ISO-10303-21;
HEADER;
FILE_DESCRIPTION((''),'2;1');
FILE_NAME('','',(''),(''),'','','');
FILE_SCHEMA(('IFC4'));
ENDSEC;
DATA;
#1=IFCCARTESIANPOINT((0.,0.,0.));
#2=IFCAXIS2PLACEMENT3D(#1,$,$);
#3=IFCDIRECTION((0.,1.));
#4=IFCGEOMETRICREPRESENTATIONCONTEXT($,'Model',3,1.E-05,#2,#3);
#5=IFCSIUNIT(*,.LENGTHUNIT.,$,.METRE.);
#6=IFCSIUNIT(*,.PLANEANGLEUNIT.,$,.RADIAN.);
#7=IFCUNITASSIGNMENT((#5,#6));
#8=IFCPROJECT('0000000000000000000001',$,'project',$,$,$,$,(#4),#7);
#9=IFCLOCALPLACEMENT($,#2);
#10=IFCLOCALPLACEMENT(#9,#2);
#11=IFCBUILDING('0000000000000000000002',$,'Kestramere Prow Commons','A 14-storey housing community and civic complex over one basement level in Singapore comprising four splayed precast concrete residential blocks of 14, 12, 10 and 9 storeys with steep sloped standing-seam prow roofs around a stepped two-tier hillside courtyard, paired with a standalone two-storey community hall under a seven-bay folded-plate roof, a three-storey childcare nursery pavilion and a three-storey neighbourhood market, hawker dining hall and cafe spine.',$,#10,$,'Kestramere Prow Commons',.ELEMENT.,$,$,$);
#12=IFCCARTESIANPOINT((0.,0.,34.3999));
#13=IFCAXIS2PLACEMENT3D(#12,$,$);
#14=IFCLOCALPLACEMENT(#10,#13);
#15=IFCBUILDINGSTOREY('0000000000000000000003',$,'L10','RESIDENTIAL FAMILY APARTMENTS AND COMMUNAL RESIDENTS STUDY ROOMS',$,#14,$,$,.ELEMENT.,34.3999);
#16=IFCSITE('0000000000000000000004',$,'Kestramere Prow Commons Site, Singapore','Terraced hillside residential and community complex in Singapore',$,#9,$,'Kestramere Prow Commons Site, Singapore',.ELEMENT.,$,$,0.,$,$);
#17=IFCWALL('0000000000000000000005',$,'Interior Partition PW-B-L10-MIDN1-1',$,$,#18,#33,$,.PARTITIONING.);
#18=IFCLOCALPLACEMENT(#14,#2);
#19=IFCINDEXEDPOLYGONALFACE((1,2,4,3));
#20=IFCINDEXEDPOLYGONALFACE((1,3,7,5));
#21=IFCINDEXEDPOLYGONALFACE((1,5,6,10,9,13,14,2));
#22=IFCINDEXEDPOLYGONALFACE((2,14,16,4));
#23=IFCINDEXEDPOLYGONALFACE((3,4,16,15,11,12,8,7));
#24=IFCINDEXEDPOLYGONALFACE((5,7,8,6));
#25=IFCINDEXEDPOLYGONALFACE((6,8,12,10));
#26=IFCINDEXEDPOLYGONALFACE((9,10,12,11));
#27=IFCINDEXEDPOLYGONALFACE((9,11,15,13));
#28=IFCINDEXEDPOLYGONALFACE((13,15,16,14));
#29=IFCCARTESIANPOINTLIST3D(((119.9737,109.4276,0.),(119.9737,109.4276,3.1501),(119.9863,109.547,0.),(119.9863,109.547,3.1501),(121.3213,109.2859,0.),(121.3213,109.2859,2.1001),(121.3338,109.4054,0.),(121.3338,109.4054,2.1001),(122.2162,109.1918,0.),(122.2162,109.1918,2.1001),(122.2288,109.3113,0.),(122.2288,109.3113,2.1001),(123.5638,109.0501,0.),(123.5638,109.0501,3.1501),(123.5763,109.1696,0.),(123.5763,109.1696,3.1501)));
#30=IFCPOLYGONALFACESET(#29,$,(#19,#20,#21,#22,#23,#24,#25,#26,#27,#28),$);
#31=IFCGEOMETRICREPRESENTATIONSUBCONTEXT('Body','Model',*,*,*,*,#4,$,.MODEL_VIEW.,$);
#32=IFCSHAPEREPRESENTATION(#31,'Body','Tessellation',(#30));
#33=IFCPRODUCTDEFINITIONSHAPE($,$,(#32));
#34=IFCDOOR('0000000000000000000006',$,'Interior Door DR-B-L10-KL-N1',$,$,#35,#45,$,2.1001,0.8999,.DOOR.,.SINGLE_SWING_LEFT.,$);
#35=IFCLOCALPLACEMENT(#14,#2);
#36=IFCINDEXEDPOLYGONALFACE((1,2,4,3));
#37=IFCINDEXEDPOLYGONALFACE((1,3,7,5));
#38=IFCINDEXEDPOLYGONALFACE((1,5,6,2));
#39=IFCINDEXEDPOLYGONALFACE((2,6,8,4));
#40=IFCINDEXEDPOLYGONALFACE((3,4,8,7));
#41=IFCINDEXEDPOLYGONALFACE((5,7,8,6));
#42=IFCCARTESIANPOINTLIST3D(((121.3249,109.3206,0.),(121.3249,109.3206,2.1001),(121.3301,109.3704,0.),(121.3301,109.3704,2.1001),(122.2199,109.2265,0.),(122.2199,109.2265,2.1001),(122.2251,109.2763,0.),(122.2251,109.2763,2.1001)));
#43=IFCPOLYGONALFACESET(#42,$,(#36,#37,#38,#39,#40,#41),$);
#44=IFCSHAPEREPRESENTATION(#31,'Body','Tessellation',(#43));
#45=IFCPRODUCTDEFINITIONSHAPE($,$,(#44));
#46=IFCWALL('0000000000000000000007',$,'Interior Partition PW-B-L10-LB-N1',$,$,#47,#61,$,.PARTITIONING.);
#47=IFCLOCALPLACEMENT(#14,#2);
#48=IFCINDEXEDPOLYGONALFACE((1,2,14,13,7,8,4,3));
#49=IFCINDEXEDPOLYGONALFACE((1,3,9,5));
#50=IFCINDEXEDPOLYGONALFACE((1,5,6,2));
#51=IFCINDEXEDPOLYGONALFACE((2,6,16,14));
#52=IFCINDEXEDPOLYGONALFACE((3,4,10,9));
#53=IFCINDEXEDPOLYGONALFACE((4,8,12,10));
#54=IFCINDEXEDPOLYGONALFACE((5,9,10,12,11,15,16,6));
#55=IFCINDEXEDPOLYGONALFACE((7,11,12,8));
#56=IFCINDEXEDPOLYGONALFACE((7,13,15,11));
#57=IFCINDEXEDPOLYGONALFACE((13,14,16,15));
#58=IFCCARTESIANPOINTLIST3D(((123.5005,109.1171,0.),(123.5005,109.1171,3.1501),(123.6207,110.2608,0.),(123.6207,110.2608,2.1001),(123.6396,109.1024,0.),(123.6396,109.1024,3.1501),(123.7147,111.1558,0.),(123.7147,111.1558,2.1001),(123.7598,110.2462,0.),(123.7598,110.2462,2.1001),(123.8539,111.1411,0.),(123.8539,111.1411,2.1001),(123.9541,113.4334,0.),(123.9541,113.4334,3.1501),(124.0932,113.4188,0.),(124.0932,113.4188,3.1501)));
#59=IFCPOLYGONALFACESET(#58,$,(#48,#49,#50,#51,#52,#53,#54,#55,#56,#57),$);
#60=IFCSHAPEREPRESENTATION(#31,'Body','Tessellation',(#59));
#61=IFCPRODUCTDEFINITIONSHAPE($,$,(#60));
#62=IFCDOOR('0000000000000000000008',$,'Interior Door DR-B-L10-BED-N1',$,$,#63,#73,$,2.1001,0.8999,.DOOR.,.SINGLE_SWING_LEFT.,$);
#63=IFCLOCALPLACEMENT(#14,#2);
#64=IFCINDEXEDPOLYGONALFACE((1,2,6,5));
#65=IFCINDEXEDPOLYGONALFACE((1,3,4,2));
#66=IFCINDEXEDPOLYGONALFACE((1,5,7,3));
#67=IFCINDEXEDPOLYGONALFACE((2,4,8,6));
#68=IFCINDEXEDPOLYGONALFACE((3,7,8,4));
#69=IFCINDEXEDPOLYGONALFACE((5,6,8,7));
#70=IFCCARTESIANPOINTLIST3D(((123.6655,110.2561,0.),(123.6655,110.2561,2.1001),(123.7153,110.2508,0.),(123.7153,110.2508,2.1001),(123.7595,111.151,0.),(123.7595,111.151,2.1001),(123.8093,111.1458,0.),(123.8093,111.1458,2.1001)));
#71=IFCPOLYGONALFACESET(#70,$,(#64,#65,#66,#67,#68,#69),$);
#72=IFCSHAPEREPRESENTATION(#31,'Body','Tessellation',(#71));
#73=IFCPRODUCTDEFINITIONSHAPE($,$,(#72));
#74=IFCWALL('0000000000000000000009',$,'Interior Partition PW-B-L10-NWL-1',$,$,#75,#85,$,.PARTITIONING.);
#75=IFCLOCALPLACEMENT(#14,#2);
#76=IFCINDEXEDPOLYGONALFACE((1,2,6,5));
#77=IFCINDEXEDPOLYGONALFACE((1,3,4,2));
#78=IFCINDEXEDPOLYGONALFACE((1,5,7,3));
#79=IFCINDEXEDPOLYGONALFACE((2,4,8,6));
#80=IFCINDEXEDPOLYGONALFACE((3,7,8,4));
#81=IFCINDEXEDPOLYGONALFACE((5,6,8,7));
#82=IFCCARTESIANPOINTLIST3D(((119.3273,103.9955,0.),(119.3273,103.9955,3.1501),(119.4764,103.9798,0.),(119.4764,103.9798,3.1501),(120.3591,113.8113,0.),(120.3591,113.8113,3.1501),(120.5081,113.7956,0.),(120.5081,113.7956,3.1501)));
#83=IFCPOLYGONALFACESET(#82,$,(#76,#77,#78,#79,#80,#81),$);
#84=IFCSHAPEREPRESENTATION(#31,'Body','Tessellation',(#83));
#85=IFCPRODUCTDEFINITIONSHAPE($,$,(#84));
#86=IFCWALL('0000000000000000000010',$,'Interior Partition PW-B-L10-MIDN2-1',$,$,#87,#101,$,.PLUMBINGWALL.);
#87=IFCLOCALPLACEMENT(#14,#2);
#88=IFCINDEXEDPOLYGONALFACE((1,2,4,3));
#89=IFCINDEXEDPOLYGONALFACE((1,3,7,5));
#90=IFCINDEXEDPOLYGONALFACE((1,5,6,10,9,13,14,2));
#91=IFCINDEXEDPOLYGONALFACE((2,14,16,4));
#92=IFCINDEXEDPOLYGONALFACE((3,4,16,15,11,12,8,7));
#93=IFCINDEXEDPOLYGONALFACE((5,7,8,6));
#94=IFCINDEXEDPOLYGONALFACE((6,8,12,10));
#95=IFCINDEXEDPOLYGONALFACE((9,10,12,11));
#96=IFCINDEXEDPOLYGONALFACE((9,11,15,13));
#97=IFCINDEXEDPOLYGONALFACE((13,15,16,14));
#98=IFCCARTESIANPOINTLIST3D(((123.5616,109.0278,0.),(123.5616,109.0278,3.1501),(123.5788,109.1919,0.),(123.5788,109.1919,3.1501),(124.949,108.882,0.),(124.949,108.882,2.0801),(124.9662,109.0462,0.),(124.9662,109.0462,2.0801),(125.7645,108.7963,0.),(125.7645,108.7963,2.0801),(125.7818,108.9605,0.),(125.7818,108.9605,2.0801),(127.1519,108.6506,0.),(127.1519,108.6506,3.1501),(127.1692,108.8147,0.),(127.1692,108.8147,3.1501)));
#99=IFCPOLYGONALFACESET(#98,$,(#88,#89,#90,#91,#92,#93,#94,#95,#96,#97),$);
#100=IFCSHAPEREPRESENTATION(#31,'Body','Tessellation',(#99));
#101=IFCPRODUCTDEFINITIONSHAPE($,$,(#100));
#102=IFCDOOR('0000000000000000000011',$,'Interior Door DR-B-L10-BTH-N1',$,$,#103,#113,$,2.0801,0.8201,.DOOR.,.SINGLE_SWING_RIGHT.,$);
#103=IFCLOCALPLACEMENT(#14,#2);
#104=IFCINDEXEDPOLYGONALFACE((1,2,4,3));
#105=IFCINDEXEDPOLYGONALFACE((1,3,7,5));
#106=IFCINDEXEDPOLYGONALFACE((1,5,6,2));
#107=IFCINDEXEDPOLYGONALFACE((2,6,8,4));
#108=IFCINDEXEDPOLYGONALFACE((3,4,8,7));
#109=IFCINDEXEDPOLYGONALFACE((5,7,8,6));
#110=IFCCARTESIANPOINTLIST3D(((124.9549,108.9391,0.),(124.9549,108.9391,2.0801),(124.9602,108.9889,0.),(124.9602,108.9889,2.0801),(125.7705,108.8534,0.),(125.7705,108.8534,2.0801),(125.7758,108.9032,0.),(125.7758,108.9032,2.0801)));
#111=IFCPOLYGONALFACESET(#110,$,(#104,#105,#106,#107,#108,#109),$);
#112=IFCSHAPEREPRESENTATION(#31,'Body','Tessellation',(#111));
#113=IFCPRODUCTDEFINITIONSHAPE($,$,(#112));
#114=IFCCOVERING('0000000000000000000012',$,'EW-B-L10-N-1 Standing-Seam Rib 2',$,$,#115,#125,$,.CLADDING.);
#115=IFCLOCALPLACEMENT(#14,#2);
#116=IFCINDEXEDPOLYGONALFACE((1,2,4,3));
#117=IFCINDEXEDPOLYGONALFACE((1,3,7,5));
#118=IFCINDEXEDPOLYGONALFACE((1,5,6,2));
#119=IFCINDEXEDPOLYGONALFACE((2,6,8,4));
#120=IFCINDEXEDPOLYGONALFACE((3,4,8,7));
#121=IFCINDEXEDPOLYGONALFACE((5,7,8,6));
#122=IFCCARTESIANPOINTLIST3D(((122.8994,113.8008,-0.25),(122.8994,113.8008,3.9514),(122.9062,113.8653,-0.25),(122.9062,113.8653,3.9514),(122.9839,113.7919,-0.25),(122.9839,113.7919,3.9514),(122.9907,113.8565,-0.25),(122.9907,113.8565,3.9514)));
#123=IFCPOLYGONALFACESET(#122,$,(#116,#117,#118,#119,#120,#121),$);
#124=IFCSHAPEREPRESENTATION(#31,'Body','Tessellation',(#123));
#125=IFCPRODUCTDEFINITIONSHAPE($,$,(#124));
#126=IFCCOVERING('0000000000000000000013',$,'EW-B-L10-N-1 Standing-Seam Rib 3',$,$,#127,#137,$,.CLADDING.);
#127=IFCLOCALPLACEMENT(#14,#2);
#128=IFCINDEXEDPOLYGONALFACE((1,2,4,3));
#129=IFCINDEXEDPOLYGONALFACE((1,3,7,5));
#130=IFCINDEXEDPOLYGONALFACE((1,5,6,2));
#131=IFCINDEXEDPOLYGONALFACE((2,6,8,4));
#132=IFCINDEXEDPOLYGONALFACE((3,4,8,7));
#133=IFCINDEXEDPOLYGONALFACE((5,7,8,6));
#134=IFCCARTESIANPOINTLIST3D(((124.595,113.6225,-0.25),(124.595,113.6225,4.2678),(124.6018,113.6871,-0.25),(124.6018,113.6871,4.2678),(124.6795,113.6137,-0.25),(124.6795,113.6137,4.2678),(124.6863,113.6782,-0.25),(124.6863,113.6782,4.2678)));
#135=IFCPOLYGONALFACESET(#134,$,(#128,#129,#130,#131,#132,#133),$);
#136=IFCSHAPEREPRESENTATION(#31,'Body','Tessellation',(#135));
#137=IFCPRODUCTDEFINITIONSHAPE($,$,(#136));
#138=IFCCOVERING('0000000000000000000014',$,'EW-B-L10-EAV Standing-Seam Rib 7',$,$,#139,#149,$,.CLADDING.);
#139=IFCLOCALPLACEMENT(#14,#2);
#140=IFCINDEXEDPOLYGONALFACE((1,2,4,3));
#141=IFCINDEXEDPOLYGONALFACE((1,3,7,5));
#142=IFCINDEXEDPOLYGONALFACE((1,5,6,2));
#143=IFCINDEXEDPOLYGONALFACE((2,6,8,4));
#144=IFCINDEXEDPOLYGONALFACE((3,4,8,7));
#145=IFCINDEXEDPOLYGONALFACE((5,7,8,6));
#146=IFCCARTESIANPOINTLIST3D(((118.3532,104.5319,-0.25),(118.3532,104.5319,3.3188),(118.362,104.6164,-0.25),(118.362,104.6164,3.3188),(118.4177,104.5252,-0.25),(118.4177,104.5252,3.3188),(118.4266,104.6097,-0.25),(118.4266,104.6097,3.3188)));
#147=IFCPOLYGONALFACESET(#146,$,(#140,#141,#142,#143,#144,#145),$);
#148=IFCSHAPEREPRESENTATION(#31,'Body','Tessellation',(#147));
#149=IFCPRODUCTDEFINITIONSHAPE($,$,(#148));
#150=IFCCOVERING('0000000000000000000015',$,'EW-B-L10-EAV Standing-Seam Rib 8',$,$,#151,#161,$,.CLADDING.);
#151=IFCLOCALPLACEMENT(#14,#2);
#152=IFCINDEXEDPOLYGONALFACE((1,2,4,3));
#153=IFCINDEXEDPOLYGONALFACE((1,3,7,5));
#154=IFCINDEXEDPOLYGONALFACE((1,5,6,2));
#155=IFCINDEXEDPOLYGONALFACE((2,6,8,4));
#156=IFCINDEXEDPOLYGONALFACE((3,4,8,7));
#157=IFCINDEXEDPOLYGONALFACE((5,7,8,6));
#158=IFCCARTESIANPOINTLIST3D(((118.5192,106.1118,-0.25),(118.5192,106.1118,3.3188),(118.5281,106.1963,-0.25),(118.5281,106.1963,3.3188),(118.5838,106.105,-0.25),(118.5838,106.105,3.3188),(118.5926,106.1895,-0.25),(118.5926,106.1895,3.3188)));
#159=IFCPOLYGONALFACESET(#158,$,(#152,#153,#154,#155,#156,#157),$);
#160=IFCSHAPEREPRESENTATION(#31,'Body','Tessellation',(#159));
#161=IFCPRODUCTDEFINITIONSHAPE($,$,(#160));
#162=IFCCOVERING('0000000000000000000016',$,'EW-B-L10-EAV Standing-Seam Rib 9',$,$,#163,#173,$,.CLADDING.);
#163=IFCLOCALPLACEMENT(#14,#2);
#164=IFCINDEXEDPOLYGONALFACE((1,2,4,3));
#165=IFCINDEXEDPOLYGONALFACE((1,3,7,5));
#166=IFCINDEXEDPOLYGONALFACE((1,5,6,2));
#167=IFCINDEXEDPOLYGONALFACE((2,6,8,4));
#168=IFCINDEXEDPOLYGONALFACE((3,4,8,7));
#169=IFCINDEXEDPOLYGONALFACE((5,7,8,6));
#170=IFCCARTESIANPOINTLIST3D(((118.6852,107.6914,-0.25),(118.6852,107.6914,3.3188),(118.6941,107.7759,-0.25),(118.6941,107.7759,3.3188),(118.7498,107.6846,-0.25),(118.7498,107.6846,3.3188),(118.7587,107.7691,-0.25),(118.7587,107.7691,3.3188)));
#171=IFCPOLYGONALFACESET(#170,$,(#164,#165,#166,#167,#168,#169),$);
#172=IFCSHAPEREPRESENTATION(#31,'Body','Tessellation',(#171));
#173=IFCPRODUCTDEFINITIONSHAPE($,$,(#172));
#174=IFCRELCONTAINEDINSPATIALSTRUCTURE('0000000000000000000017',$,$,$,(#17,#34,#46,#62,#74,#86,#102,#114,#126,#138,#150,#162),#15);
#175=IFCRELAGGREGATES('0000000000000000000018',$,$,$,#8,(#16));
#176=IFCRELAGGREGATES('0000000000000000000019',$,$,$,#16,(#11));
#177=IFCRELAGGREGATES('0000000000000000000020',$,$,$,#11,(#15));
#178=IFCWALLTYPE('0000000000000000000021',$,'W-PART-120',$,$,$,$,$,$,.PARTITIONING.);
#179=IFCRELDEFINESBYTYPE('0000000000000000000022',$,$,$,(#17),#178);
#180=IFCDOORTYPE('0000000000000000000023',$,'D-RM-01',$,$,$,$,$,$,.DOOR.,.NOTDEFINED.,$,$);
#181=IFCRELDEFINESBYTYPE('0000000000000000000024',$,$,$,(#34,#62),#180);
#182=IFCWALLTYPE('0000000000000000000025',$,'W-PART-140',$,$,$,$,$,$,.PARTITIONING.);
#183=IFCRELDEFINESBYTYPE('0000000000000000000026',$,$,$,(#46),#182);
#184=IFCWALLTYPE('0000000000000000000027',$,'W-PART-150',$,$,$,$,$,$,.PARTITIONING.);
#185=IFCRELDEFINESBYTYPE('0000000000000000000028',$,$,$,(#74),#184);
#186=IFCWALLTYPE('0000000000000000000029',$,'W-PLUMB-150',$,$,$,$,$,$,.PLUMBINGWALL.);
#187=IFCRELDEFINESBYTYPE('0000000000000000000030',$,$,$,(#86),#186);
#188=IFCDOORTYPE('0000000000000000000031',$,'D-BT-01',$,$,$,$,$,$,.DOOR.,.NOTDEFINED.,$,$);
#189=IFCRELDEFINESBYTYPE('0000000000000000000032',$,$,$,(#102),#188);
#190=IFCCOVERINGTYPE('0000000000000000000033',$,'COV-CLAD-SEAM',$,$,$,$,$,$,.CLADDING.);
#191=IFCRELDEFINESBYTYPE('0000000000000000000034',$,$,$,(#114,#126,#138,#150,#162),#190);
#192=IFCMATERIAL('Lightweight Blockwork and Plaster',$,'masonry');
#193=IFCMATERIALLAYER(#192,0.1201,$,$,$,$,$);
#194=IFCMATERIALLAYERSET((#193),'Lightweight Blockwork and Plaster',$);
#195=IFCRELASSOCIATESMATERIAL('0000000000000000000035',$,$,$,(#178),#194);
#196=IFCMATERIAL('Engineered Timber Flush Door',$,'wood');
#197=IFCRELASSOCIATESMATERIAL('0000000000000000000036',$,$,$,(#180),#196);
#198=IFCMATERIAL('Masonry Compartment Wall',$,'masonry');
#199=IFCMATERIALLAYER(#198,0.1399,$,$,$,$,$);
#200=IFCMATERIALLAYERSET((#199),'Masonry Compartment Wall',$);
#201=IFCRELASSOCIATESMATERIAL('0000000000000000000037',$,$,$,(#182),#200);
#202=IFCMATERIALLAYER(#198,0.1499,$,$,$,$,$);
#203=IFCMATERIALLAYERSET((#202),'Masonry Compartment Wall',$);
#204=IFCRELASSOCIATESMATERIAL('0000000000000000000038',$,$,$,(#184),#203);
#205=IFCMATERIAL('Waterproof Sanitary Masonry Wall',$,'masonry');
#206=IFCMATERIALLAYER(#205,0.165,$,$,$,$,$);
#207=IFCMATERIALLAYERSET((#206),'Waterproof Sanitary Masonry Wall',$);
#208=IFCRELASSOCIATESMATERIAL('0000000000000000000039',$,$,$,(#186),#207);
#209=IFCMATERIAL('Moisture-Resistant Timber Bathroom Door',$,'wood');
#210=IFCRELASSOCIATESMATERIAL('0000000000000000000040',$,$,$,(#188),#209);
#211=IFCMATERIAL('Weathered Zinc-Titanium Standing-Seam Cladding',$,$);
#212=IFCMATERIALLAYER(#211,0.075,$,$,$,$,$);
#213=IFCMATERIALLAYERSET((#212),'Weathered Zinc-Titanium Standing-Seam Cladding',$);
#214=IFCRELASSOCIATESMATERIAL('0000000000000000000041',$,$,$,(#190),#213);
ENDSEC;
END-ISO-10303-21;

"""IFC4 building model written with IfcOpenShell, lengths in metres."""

from ifc_helpers import new_model, si_unit, direction, frame, frame_2d, origin, origin_2d, place, context, subcontext, project, spatial, rectangle, extrude, material, layer, layer_set, type_object, element, fill, save


model = new_model("IFC4")

# Units and contexts
model_context = context("Model", 3, precision=1e-05, world=origin(), true_north=direction((0.0, 1.0)))
body_context = subcontext(model_context, "Body", "Model", "MODEL_VIEW")
ifc_project = project(units=[si_unit("LENGTHUNIT", "METRE"), si_unit("PLANEANGLEUNIT", "RADIAN")], contexts=[model_context])

# Site, building, storey
site_placement = place(None, origin())
site = spatial("IfcSite", under=ifc_project, at=site_placement, Name="Kestramere Prow Commons Site, Singapore", Description="Terraced hillside residential and community complex in Singapore", LongName="Kestramere Prow Commons Site, Singapore", CompositionType="ELEMENT", RefElevation=0.0)
building_placement = place(site_placement, origin())
building = spatial("IfcBuilding", under=site, at=building_placement, Name="Kestramere Prow Commons", Description="A 14-storey housing community and civic complex over one basement level in Singapore comprising four splayed precast concrete residential blocks of 14, 12, 10 and 9 storeys with steep sloped standing-seam prow roofs around a stepped two-tier hillside courtyard, paired with a standalone two-storey community hall under a seven-bay folded-plate roof, a three-storey childcare nursery pavilion and a three-storey neighbourhood market, hawker dining hall and cafe spine.", LongName="Kestramere Prow Commons", CompositionType="ELEMENT")
storey_placement = place(building_placement, frame((0.0, 0.0, 34.3999)))
storey = spatial("IfcBuildingStorey", under=building, at=storey_placement, Name="L10", Description="RESIDENTIAL FAMILY APARTMENTS AND COMMUNAL RESIDENTS STUDY ROOMS", CompositionType="ELEMENT", Elevation=34.3999)

# Walls, openings, doors
ifc_material_1 = material(Name="Lightweight Blockwork and Plaster", Category="masonry")
ifc_layer_1 = layer(ifc_material_1, 0.1201)
ifc_layer_set_1 = layer_set([ifc_layer_1], Name="Lightweight Blockwork and Plaster")
wall_type_1 = type_object("IfcWallType", Name="W-PART-120", PredefinedType="PARTITIONING", material=ifc_layer_set_1)
wall_1_placement = place(storey_placement, frame((119.98, 109.4873, 0.0), z_axis=(0.0, 0.0, 1.0), x_axis=(0.994519, -0.104558, 0.0)))
wall_1 = element("IfcWall", 1, at=wall_1_placement, inside=storey, type_object=wall_type_1, Name="Interior Partition PW-B-L10-MIDN1-1", PredefinedType="PARTITIONING", context=body_context, shape_type="SweptSolid", body=[
    extrude(rectangle(XDim=3.6099, YDim=0.1201, at=frame_2d((1.8049, 0.0))), origin(), (0.0, 0.0, 1.0), 3.1501),
])
opening_1_placement = place(wall_1_placement, frame((1.355, 0.0, 0.0)))
opening_1 = element("IfcOpeningElement", 2, at=opening_1_placement, cuts=wall_1, PredefinedType="OPENING", context=body_context, shape_type="SweptSolid", body=[
    extrude(rectangle(XDim=0.8999, YDim=2.1001, at=frame_2d((0.45, 1.05))), frame((0.0, 0.075, 0.0), z_axis=(0.0, -1.0, 0.0), x_axis=(1.0, 0.0, 0.0)), (0.0, 0.0, 1.0), 0.1501),
])
ifc_material_2 = material(Name="Engineered Timber Flush Door", Category="wood")
door_type_1 = type_object("IfcDoorType", Name="D-RM-01", OperationType="NOTDEFINED", PredefinedType="DOOR", material=ifc_material_2)
door_1_placement = place(opening_1_placement, origin())
door_1 = element("IfcDoor", 3, at=door_1_placement, inside=storey, type_object=door_type_1, Name="Interior Door DR-B-L10-KL-N1", OperationType="SINGLE_SWING_LEFT", OverallHeight=2.1001, OverallWidth=0.8999, PredefinedType="DOOR", context=body_context, shape_type="SweptSolid", body=[
    extrude(rectangle(XDim=0.8999, YDim=2.1001, at=frame_2d((0.45, 1.05))), frame((0.0, 0.0249, 0.0), z_axis=(0.0, -1.0, 0.0), x_axis=(1.0, 0.0, 0.0)), (0.0, 0.0, 1.0), 0.05),
])
fill(opening_1, door_1)
ifc_material_3 = material(Name="Masonry Compartment Wall", Category="masonry")
ifc_layer_2 = layer(ifc_material_3, 0.1399)
ifc_layer_set_2 = layer_set([ifc_layer_2], Name="Masonry Compartment Wall")
wall_type_2 = type_object("IfcWallType", Name="W-PART-140", PredefinedType="PARTITIONING", material=ifc_layer_set_2)
wall_2_placement = place(storey_placement, frame((123.5701, 109.1099, 0.0), z_axis=(0.0, 0.0, 1.0), x_axis=(0.104515, 0.994523, 0.0)))
wall_2 = element("IfcWall", 4, at=wall_2_placement, inside=storey, type_object=wall_type_2, Name="Interior Partition PW-B-L10-LB-N1", PredefinedType="PARTITIONING", context=body_context, shape_type="SweptSolid", body=[
    extrude(rectangle(XDim=4.3401, YDim=0.1399, at=frame_2d((2.1699, 0.0))), origin(), (0.0, 0.0, 1.0), 3.1501),
])
opening_2_placement = place(wall_2_placement, frame((1.1499, 0.0, 0.0)))
opening_2 = element("IfcOpeningElement", 5, at=opening_2_placement, cuts=wall_2, PredefinedType="OPENING", context=body_context, shape_type="SweptSolid", body=[
    extrude(rectangle(XDim=0.8999, YDim=2.1001, at=frame_2d((0.45, 1.05))), frame((0.0, 0.085, 0.0), z_axis=(0.0, -1.0, 0.0), x_axis=(1.0, 0.0, 0.0)), (0.0, 0.0, 1.0), 0.1699),
])
door_2_placement = place(opening_2_placement, origin())
door_2 = element("IfcDoor", 6, at=door_2_placement, inside=storey, type_object=door_type_1, Name="Interior Door DR-B-L10-BED-N1", OperationType="SINGLE_SWING_LEFT", OverallHeight=2.1001, OverallWidth=0.8999, PredefinedType="DOOR", context=body_context, shape_type="SweptSolid", body=[
    extrude(rectangle(XDim=0.8999, YDim=2.1001, at=frame_2d((0.45, 1.05))), frame((0.0, 0.0249, 0.0), z_axis=(0.0, -1.0, 0.0), x_axis=(1.0, 0.0, 0.0)), (0.0, 0.0, 1.0), 0.05),
])
fill(opening_2, door_2)

# Wall
ifc_layer_3 = layer(ifc_material_3, 0.1499)
ifc_layer_set_3 = layer_set([ifc_layer_3], Name="Masonry Compartment Wall")
wall_type_3 = type_object("IfcWallType", Name="W-PART-150", PredefinedType="PARTITIONING", material=ifc_layer_set_3)
wall_3_placement = place(storey_placement, frame((119.4019, 103.9875, 0.0), z_axis=(0.0, 0.0, 1.0), x_axis=(0.104533, 0.994521, 0.0)))
element("IfcWall", 7, at=wall_3_placement, inside=storey, type_object=wall_type_3, Name="Interior Partition PW-B-L10-NWL-1", PredefinedType="PARTITIONING", context=body_context, shape_type="SweptSolid", body=[
    extrude(rectangle(XDim=9.8699, YDim=0.1499, at=frame_2d((4.9351, 0.0))), origin(), (0.0, 0.0, 1.0), 3.1501),
])

# Wall, opening, door
ifc_material_4 = material(Name="Waterproof Sanitary Masonry Wall", Category="masonry")
ifc_layer_4 = layer(ifc_material_4, 0.165)
ifc_layer_set_4 = layer_set([ifc_layer_4], Name="Waterproof Sanitary Masonry Wall")
wall_type_4 = type_object("IfcWallType", Name="W-PLUMB-150", PredefinedType="PLUMBINGWALL", material=ifc_layer_set_4)
wall_4_placement = place(storey_placement, frame((123.5701, 109.1099, 0.0), z_axis=(0.0, 0.0, 1.0), x_axis=(0.994527, -0.104484, 0.0)))
wall_4 = element("IfcWall", 8, at=wall_4_placement, inside=storey, type_object=wall_type_4, Name="Interior Partition PW-B-L10-MIDN2-1", PredefinedType="PLUMBINGWALL", context=body_context, shape_type="SweptSolid", body=[
    extrude(rectangle(XDim=3.6101, YDim=0.165, at=frame_2d((1.8052, 0.0))), origin(), (0.0, 0.0, 1.0), 3.1501),
])
opening_3_placement = place(wall_4_placement, frame((1.395, 0.0, 0.0)))
opening_3 = element("IfcOpeningElement", 9, at=opening_3_placement, cuts=wall_4, PredefinedType="OPENING", context=body_context, shape_type="SweptSolid", body=[
    extrude(rectangle(XDim=0.8201, YDim=2.0801, at=frame_2d((0.4102, 1.04))), frame((0.0, 0.0974, 0.0), z_axis=(0.0, -1.0, 0.0), x_axis=(1.0, 0.0, 0.0)), (0.0, 0.0, 1.0), 0.1951),
])
ifc_material_5 = material(Name="Moisture-Resistant Timber Bathroom Door", Category="wood")
door_type_2 = type_object("IfcDoorType", Name="D-BT-01", OperationType="NOTDEFINED", PredefinedType="DOOR", material=ifc_material_5)
door_3_placement = place(opening_3_placement, origin())
door_3 = element("IfcDoor", 10, at=door_3_placement, inside=storey, type_object=door_type_2, Name="Interior Door DR-B-L10-BTH-N1", OperationType="SINGLE_SWING_RIGHT", OverallHeight=2.0801, OverallWidth=0.8201, PredefinedType="DOOR", context=body_context, shape_type="SweptSolid", body=[
    extrude(rectangle(XDim=0.8201, YDim=2.0801, at=frame_2d((0.4102, 1.04))), frame((0.0, 0.0249, 0.0), z_axis=(0.0, -1.0, 0.0), x_axis=(1.0, 0.0, 0.0)), (0.0, 0.0, 1.0), 0.05),
])
fill(opening_3, door_3)

# Coverings
ifc_material_6 = material(Name="Weathered Zinc-Titanium Standing-Seam Cladding")
ifc_layer_5 = layer(ifc_material_6, 0.075)
ifc_layer_set_5 = layer_set([ifc_layer_5], Name="Weathered Zinc-Titanium Standing-Seam Cladding")
covering_type = type_object("IfcCoveringType", Name="COV-CLAD-SEAM", PredefinedType="CLADDING", material=ifc_layer_set_5)
covering_1_placement = place(storey_placement, frame((122.9451, 113.8286, -0.25), z_axis=(0.0, 0.0, 1.0), x_axis=(0.994522, -0.104528, 0.0)))
element("IfcCovering", 11, at=covering_1_placement, inside=storey, type_object=covering_type, Name="EW-B-L10-N-1 Standing-Seam Rib 2", PredefinedType="CLADDING", context=body_context, shape_type="SweptSolid", body=[
    extrude(rectangle(XDim=0.085, YDim=0.0649, at=origin_2d()), origin(), (0.0, 0.0, 1.0), 4.2014),
])
covering_2_placement = place(storey_placement, frame((124.6406, 113.6504, -0.25), z_axis=(0.0, 0.0, 1.0), x_axis=(0.994522, -0.104528, 0.0)))
element("IfcCovering", 12, at=covering_2_placement, inside=storey, type_object=covering_type, Name="EW-B-L10-N-1 Standing-Seam Rib 3", PredefinedType="CLADDING", context=body_context, shape_type="SweptSolid", body=[
    extrude(rectangle(XDim=0.085, YDim=0.0649, at=origin_2d()), origin(), (0.0, 0.0, 1.0), 4.5178),
])
for number, where, z_axis, x_axis, name in (
    (13, (118.3899, 104.5708, -0.25), (0.0, 0.0, 1.0), (0.104528, 0.994522, 0.0), "EW-B-L10-EAV Standing-Seam Rib 7"),
    (14, (118.5559, 106.1506, -0.25), (0.0, 0.0, 1.0), (0.104528, 0.994522, 0.0), "EW-B-L10-EAV Standing-Seam Rib 8"),
    (15, (118.7219, 107.7302, -0.25), (0.0, 0.0, 1.0), (0.104528, 0.994522, 0.0), "EW-B-L10-EAV Standing-Seam Rib 9"),
):
    element("IfcCovering", number, at=place(storey_placement, frame(where, z_axis=z_axis, x_axis=x_axis)), inside=storey, type_object=covering_type, Name=name, PredefinedType="CLADDING", context=body_context, shape_type="SweptSolid", body=[
        extrude(rectangle(XDim=0.085, YDim=0.0649, at=origin_2d()), origin(), (0.0, 0.0, 1.0), 3.5688),
    ])

save(model, "model.ifc")
